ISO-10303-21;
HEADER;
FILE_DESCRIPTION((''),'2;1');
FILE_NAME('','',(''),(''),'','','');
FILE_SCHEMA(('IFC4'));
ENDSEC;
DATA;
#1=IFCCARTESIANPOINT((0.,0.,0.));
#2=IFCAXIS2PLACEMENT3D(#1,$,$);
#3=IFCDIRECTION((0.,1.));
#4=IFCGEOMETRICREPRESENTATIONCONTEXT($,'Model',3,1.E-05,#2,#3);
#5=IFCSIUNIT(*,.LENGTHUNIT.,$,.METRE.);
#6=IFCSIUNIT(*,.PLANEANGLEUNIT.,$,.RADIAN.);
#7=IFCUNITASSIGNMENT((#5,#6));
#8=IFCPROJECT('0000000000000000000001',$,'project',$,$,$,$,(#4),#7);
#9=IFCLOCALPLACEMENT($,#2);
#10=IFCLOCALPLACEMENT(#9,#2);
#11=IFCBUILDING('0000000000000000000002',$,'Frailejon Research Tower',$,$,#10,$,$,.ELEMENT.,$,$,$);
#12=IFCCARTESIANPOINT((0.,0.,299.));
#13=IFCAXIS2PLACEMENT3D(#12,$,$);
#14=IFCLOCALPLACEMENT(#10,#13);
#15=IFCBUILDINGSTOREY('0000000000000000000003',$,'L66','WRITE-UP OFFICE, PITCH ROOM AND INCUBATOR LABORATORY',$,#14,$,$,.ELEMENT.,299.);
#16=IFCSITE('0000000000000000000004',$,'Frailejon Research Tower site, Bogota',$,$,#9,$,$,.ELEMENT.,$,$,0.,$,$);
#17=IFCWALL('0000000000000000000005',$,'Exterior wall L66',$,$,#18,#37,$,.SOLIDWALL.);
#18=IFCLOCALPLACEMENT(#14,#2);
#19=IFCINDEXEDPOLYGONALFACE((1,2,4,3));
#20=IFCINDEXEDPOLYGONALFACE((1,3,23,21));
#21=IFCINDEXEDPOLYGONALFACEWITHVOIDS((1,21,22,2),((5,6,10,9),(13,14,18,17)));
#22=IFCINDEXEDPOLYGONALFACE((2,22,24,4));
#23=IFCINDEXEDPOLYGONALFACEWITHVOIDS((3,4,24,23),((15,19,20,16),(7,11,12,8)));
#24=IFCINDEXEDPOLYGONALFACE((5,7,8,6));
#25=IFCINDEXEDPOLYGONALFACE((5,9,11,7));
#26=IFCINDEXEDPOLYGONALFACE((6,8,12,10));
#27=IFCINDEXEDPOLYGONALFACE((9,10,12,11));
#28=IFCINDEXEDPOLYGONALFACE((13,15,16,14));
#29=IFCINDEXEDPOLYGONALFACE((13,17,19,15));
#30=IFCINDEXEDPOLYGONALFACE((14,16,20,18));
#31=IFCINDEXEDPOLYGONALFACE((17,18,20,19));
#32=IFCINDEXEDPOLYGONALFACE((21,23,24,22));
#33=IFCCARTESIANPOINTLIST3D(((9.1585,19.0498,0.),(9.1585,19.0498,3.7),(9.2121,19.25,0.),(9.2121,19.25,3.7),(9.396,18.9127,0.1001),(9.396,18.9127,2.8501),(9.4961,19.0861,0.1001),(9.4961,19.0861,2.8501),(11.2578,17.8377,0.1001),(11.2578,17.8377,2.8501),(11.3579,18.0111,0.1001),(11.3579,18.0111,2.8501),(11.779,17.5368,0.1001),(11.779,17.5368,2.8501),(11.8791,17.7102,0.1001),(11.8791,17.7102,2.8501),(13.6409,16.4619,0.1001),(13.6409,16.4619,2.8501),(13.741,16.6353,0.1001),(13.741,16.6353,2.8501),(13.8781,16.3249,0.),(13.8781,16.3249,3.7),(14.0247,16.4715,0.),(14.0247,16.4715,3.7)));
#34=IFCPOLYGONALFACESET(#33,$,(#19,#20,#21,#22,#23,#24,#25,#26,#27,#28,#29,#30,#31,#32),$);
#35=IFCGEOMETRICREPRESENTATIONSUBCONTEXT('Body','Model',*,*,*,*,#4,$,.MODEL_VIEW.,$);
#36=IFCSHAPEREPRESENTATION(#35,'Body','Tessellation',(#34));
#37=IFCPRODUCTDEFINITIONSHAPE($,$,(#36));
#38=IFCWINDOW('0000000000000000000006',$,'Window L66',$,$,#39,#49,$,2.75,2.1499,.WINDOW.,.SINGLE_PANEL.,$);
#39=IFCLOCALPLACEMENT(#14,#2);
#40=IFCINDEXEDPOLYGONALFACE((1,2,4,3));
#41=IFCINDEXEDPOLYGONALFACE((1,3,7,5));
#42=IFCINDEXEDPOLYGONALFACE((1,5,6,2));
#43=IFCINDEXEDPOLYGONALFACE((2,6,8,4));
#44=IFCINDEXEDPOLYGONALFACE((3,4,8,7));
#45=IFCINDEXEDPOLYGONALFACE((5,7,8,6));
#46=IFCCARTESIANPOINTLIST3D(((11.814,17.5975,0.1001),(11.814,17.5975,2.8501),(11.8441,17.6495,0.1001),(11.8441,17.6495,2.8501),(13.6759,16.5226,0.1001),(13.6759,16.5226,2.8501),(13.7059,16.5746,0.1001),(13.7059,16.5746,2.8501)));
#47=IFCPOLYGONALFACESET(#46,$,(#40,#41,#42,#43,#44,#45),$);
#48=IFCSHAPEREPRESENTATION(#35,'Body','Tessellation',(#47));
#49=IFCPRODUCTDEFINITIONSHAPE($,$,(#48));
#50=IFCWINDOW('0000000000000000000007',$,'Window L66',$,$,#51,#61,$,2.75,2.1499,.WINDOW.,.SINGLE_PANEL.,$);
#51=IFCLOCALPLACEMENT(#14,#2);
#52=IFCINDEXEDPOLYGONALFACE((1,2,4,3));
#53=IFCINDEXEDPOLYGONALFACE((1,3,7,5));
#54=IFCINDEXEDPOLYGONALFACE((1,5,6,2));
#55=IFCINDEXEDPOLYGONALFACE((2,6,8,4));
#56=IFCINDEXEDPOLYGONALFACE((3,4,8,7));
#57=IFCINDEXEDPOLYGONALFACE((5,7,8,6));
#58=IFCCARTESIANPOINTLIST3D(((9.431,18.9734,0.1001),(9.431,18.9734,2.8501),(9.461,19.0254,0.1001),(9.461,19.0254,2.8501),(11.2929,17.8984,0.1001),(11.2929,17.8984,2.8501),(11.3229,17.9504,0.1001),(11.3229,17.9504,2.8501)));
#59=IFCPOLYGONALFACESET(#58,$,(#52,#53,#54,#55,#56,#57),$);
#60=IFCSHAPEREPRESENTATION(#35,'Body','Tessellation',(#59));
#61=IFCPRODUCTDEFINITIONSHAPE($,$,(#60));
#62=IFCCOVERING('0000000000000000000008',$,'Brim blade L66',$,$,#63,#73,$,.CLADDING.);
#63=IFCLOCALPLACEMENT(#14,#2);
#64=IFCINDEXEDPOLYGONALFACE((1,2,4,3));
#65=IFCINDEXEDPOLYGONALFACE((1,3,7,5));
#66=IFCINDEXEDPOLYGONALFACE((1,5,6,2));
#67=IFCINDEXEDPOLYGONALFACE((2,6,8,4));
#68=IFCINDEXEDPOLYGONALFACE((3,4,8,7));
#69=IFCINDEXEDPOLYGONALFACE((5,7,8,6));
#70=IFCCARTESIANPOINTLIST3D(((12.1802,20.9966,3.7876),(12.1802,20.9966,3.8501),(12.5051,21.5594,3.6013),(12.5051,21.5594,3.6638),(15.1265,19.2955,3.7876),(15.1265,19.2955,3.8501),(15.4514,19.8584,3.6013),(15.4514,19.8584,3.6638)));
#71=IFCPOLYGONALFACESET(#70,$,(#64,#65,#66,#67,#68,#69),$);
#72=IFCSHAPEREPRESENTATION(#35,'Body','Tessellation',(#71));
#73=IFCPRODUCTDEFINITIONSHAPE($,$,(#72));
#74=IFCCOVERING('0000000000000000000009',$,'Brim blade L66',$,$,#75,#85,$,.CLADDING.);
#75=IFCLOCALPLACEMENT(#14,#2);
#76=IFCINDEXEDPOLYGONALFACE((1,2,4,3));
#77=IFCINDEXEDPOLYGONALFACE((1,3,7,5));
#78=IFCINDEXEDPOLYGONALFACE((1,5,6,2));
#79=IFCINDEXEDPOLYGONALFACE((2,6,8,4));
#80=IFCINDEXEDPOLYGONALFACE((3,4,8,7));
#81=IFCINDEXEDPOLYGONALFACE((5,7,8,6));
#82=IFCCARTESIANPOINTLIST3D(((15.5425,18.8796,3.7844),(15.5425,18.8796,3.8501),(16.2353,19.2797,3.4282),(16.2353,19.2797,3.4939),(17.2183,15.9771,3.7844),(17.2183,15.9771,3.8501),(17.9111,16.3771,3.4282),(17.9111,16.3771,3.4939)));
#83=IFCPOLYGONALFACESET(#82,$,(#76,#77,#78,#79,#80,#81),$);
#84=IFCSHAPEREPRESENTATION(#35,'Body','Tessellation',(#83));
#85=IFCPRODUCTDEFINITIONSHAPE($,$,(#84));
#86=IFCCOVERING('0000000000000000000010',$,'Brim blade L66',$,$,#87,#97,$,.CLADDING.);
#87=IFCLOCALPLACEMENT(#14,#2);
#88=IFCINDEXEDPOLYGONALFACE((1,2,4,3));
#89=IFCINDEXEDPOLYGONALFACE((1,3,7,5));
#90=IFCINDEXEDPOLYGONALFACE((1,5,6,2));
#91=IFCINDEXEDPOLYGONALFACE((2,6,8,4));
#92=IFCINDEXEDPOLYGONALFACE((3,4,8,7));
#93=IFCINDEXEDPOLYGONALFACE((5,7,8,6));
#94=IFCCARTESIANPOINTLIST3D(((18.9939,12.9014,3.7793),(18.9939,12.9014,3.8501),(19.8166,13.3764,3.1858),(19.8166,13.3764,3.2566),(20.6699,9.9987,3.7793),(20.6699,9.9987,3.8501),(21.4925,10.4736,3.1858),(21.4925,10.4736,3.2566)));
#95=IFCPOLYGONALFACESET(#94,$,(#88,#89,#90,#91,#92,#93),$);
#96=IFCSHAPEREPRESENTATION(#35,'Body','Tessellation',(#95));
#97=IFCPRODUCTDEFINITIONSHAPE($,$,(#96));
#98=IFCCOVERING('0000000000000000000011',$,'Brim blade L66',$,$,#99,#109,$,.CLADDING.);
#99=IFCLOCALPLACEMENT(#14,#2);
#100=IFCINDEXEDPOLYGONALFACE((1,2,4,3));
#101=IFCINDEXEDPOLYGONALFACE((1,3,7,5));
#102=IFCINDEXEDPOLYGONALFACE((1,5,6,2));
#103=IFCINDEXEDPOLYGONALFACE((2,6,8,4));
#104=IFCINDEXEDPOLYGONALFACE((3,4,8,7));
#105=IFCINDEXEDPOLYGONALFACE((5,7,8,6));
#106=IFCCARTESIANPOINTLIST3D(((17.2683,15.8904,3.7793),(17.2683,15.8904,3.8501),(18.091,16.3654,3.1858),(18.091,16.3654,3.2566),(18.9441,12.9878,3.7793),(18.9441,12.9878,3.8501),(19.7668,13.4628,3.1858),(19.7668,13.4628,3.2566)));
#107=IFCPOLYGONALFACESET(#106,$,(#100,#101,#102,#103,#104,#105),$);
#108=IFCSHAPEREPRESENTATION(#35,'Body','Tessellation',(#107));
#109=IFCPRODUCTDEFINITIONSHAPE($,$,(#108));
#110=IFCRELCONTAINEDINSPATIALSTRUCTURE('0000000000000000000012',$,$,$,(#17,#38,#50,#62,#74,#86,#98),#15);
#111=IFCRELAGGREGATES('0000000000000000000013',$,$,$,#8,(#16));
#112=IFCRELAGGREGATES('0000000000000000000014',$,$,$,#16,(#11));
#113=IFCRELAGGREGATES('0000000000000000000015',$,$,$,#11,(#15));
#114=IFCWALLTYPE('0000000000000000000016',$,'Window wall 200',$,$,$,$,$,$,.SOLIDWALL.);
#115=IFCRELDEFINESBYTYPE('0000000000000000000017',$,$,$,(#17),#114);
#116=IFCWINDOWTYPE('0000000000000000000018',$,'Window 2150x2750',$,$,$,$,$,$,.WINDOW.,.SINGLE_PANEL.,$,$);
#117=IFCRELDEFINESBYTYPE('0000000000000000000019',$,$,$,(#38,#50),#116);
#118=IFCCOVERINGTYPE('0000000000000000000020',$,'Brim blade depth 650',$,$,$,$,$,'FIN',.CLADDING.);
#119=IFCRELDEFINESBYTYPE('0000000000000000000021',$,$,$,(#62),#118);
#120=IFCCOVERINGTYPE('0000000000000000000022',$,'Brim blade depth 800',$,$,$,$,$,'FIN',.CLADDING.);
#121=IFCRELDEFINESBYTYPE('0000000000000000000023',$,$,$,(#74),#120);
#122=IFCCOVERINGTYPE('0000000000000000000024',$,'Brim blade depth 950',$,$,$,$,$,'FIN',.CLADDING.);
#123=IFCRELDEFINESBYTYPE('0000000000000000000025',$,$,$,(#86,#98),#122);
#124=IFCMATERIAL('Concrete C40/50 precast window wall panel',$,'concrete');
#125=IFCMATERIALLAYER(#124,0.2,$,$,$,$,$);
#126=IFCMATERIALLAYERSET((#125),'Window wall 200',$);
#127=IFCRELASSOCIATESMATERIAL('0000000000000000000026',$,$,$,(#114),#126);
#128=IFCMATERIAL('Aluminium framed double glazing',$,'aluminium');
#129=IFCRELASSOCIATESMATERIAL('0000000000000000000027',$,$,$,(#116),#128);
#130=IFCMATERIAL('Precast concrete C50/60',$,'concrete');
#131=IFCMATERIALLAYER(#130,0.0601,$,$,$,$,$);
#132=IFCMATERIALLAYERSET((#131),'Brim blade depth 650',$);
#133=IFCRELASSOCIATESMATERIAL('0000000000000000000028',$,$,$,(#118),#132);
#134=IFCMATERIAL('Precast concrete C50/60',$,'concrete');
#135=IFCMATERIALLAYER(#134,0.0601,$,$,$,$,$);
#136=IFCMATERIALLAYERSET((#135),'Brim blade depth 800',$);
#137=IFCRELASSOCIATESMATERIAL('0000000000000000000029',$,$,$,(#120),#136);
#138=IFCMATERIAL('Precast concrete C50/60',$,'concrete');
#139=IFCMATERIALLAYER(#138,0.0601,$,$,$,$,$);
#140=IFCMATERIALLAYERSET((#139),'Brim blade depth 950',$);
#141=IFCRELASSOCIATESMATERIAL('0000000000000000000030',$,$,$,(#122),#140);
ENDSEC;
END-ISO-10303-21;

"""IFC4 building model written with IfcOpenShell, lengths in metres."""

from ifc_helpers import new_model, si_unit, direction, frame, frame_2d, origin, place, context, subcontext, project, spatial, polyline, rectangle, outline, extrude, material, layer, layer_set, type_object, element, fill, save


model = new_model("IFC4")

# Units and contexts
model_context = context("Model", 3, precision=1e-05, world=origin(), true_north=direction((0.0, 1.0)))
body_context = subcontext(model_context, "Body", "Model", "MODEL_VIEW")
ifc_project = project(units=[si_unit("LENGTHUNIT", "METRE"), si_unit("PLANEANGLEUNIT", "RADIAN")], contexts=[model_context])

# Site, building, storey
site_placement = place(None, origin())
site = spatial("IfcSite", under=ifc_project, at=site_placement, Name="Frailejon Research Tower site, Bogota", CompositionType="ELEMENT", RefElevation=0.0)
building_placement = place(site_placement, origin())
building = spatial("IfcBuilding", under=site, at=building_placement, Name="Frailejon Research Tower", CompositionType="ELEMENT")
storey_placement = place(building_placement, frame((0.0, 0.0, 299.0)))
storey = spatial("IfcBuildingStorey", under=building, at=storey_placement, Name="L66", Description="WRITE-UP OFFICE, PITCH ROOM AND INCUBATOR LABORATORY", CompositionType="ELEMENT", Elevation=299.0)

# Wall, openings, windows
ifc_material_1 = material(Name="Concrete C40/50 precast window wall panel", Category="concrete")
ifc_layer_1 = layer(ifc_material_1, 0.2)
ifc_layer_set_1 = layer_set([ifc_layer_1], Name="Window wall 200")
wall_type = type_object("IfcWallType", Name="Window wall 200", PredefinedType="SOLIDWALL", material=ifc_layer_set_1)
wall_placement = place(storey_placement, frame((13.9514, 16.3982, 0.0), z_axis=(0.0, 0.0, 1.0), x_axis=(-0.866026, 0.499999, 0.0)))
wall = element("IfcWall", 1, at=wall_placement, inside=storey, type_object=wall_type, Name="Exterior wall L66", PredefinedType="SOLIDWALL", context=body_context, shape_type="SweptSolid", body=[
    extrude(outline(polyline([(-0.0269, -0.1001), (1.0845, -0.1001), (2.196, -0.1001), (3.3074, -0.1001), (4.4189, -0.1001), (5.5303, -0.1001), (5.4766, 0.1001), (4.3867, 0.1001), (3.2966, 0.1001), (2.2068, 0.1001), (1.1167, 0.1001), (0.0269, 0.1001), (-0.0269, -0.1001)])), origin(), (0.0, 0.0, 1.0), 3.7),
])
opening_1_placement = place(wall_placement, frame((0.3008, 0.0, 0.1001)))
opening_1 = element("IfcOpeningElement", 2, at=opening_1_placement, cuts=wall, PredefinedType="OPENING", context=body_context, shape_type="SweptSolid", body=[
    extrude(rectangle(XDim=2.1499, YDim=2.75, at=frame_2d((1.075, 1.375))), frame((0.0, 0.1099, 0.0), z_axis=(0.0, -1.0, 0.0), x_axis=(1.0, 0.0, 0.0)), (0.0, 0.0, 1.0), 0.22),
])
opening_2_placement = place(wall_placement, frame((3.0525, 0.0, 0.1001)))
opening_2 = element("IfcOpeningElement", 3, at=opening_2_placement, cuts=wall, PredefinedType="OPENING", context=body_context, shape_type="SweptSolid", body=[
    extrude(rectangle(XDim=2.1499, YDim=2.75, at=frame_2d((1.075, 1.375))), frame((0.0, 0.1099, 0.0), z_axis=(0.0, -1.0, 0.0), x_axis=(1.0, 0.0, 0.0)), (0.0, 0.0, 1.0), 0.22),
])
ifc_material_2 = material(Name="Aluminium framed double glazing", Category="aluminium")
window_type = type_object("IfcWindowType", Name="Window 2150x2750", PartitioningType="SINGLE_PANEL", PredefinedType="WINDOW", material=ifc_material_2)
window_1_placement = place(opening_1_placement, origin())
window_1 = element("IfcWindow", 4, at=window_1_placement, inside=storey, type_object=window_type, Name="Window L66", OverallHeight=2.75, OverallWidth=2.1499, PartitioningType="SINGLE_PANEL", PredefinedType="WINDOW", context=body_context, shape_type="SweptSolid", body=[
    extrude(rectangle(XDim=2.1499, YDim=2.75, at=frame_2d((1.075, 1.375))), frame((0.0, 0.03, 0.0), z_axis=(0.0, -1.0, 0.0), x_axis=(1.0, 0.0, 0.0)), (0.0, 0.0, 1.0), 0.0601),
])
fill(opening_1, window_1)
window_2_placement = place(opening_2_placement, origin())
window_2 = element("IfcWindow", 5, at=window_2_placement, inside=storey, type_object=window_type, Name="Window L66", OverallHeight=2.75, OverallWidth=2.1499, PartitioningType="SINGLE_PANEL", PredefinedType="WINDOW", context=body_context, shape_type="SweptSolid", body=[
    extrude(rectangle(XDim=2.1499, YDim=2.75, at=frame_2d((1.075, 1.375))), frame((0.0, 0.03, 0.0), z_axis=(0.0, -1.0, 0.0), x_axis=(1.0, 0.0, 0.0)), (0.0, 0.0, 1.0), 0.0601),
])
fill(opening_2, window_2)

# Coverings
ifc_material_3 = material(Name="Precast concrete C50/60", Category="concrete")
ifc_layer_2 = layer(ifc_material_3, 0.0601)
ifc_layer_set_2 = layer_set([ifc_layer_2], Name="Brim blade depth 650")
covering_type_1 = type_object("IfcCoveringType", Name="Brim blade depth 650", ElementType="FIN", PredefinedType="CLADDING", material=ifc_layer_set_2)
covering_1_placement = place(storey_placement, frame((12.1802, 20.9966, 3.8501), z_axis=(0.866024, -0.500003, 0.0), x_axis=(0.500003, 0.866024, 0.0)))
element("IfcCovering", 6, at=covering_1_placement, inside=storey, type_object=covering_type_1, Name="Brim blade L66", PredefinedType="CLADDING", context=body_context, shape_type="SweptSolid", body=[
    extrude(outline(polyline([(0.0, -0.0625), (0.6499, -0.2488), (0.6499, -0.1863), (0.0, 0.0), (0.0, -0.0625)])), origin(), (0.0, 0.0, 1.0), 3.4021),
])
ifc_material_4 = material(Name="Precast concrete C50/60", Category="concrete")
ifc_layer_3 = layer(ifc_material_4, 0.0601)
ifc_layer_set_3 = layer_set([ifc_layer_3], Name="Brim blade depth 800")
covering_type_2 = type_object("IfcCoveringType", Name="Brim blade depth 800", ElementType="FIN", PredefinedType="CLADDING", material=ifc_layer_set_3)
covering_2_placement = place(storey_placement, frame((15.5425, 18.8796, 3.8501), z_axis=(0.499997, -0.866027, 0.0), x_axis=(0.866027, 0.499997, 0.0)))
element("IfcCovering", 7, at=covering_2_placement, inside=storey, type_object=covering_type_2, Name="Brim blade L66", PredefinedType="CLADDING", context=body_context, shape_type="SweptSolid", body=[
    extrude(outline(polyline([(0.0, -0.0657), (0.8, -0.4219), (0.8, -0.3562), (0.0, 0.0), (0.0, -0.0657)])), origin(), (0.0, 0.0, 1.0), 3.3516),
])
ifc_material_5 = material(Name="Precast concrete C50/60", Category="concrete")
ifc_layer_4 = layer(ifc_material_5, 0.0601)
ifc_layer_set_4 = layer_set([ifc_layer_4], Name="Brim blade depth 950")
covering_type_3 = type_object("IfcCoveringType", Name="Brim blade depth 950", ElementType="FIN", PredefinedType="CLADDING", material=ifc_layer_set_4)
covering_3_placement = place(storey_placement, frame((18.9939, 12.9014, 3.8501), z_axis=(0.500018, -0.866015, 0.0), x_axis=(0.866015, 0.500018, 0.0)))
element("IfcCovering", 8, at=covering_3_placement, inside=storey, type_object=covering_type_3, Name="Brim blade L66", PredefinedType="CLADDING", context=body_context, shape_type="SweptSolid", body=[
    extrude(outline(polyline([(0.0, -0.0708), (0.95, -0.6643), (0.95, -0.5935), (0.0, 0.0), (0.0, -0.0708)])), origin(), (0.0, 0.0, 1.0), 3.3518),
])
covering_4_placement = place(storey_placement, frame((17.2683, 15.8904, 3.8501), z_axis=(0.499997, -0.866027, 0.0), x_axis=(0.866027, 0.499997, 0.0)))
element("IfcCovering", 9, at=covering_4_placement, inside=storey, type_object=covering_type_3, Name="Brim blade L66", PredefinedType="CLADDING", context=body_context, shape_type="SweptSolid", body=[
    extrude(outline(polyline([(0.0, -0.0708), (0.95, -0.6643), (0.95, -0.5935), (0.0, 0.0), (0.0, -0.0708)])), origin(), (0.0, 0.0, 1.0), 3.3516),
])

save(model, "model.ifc")
